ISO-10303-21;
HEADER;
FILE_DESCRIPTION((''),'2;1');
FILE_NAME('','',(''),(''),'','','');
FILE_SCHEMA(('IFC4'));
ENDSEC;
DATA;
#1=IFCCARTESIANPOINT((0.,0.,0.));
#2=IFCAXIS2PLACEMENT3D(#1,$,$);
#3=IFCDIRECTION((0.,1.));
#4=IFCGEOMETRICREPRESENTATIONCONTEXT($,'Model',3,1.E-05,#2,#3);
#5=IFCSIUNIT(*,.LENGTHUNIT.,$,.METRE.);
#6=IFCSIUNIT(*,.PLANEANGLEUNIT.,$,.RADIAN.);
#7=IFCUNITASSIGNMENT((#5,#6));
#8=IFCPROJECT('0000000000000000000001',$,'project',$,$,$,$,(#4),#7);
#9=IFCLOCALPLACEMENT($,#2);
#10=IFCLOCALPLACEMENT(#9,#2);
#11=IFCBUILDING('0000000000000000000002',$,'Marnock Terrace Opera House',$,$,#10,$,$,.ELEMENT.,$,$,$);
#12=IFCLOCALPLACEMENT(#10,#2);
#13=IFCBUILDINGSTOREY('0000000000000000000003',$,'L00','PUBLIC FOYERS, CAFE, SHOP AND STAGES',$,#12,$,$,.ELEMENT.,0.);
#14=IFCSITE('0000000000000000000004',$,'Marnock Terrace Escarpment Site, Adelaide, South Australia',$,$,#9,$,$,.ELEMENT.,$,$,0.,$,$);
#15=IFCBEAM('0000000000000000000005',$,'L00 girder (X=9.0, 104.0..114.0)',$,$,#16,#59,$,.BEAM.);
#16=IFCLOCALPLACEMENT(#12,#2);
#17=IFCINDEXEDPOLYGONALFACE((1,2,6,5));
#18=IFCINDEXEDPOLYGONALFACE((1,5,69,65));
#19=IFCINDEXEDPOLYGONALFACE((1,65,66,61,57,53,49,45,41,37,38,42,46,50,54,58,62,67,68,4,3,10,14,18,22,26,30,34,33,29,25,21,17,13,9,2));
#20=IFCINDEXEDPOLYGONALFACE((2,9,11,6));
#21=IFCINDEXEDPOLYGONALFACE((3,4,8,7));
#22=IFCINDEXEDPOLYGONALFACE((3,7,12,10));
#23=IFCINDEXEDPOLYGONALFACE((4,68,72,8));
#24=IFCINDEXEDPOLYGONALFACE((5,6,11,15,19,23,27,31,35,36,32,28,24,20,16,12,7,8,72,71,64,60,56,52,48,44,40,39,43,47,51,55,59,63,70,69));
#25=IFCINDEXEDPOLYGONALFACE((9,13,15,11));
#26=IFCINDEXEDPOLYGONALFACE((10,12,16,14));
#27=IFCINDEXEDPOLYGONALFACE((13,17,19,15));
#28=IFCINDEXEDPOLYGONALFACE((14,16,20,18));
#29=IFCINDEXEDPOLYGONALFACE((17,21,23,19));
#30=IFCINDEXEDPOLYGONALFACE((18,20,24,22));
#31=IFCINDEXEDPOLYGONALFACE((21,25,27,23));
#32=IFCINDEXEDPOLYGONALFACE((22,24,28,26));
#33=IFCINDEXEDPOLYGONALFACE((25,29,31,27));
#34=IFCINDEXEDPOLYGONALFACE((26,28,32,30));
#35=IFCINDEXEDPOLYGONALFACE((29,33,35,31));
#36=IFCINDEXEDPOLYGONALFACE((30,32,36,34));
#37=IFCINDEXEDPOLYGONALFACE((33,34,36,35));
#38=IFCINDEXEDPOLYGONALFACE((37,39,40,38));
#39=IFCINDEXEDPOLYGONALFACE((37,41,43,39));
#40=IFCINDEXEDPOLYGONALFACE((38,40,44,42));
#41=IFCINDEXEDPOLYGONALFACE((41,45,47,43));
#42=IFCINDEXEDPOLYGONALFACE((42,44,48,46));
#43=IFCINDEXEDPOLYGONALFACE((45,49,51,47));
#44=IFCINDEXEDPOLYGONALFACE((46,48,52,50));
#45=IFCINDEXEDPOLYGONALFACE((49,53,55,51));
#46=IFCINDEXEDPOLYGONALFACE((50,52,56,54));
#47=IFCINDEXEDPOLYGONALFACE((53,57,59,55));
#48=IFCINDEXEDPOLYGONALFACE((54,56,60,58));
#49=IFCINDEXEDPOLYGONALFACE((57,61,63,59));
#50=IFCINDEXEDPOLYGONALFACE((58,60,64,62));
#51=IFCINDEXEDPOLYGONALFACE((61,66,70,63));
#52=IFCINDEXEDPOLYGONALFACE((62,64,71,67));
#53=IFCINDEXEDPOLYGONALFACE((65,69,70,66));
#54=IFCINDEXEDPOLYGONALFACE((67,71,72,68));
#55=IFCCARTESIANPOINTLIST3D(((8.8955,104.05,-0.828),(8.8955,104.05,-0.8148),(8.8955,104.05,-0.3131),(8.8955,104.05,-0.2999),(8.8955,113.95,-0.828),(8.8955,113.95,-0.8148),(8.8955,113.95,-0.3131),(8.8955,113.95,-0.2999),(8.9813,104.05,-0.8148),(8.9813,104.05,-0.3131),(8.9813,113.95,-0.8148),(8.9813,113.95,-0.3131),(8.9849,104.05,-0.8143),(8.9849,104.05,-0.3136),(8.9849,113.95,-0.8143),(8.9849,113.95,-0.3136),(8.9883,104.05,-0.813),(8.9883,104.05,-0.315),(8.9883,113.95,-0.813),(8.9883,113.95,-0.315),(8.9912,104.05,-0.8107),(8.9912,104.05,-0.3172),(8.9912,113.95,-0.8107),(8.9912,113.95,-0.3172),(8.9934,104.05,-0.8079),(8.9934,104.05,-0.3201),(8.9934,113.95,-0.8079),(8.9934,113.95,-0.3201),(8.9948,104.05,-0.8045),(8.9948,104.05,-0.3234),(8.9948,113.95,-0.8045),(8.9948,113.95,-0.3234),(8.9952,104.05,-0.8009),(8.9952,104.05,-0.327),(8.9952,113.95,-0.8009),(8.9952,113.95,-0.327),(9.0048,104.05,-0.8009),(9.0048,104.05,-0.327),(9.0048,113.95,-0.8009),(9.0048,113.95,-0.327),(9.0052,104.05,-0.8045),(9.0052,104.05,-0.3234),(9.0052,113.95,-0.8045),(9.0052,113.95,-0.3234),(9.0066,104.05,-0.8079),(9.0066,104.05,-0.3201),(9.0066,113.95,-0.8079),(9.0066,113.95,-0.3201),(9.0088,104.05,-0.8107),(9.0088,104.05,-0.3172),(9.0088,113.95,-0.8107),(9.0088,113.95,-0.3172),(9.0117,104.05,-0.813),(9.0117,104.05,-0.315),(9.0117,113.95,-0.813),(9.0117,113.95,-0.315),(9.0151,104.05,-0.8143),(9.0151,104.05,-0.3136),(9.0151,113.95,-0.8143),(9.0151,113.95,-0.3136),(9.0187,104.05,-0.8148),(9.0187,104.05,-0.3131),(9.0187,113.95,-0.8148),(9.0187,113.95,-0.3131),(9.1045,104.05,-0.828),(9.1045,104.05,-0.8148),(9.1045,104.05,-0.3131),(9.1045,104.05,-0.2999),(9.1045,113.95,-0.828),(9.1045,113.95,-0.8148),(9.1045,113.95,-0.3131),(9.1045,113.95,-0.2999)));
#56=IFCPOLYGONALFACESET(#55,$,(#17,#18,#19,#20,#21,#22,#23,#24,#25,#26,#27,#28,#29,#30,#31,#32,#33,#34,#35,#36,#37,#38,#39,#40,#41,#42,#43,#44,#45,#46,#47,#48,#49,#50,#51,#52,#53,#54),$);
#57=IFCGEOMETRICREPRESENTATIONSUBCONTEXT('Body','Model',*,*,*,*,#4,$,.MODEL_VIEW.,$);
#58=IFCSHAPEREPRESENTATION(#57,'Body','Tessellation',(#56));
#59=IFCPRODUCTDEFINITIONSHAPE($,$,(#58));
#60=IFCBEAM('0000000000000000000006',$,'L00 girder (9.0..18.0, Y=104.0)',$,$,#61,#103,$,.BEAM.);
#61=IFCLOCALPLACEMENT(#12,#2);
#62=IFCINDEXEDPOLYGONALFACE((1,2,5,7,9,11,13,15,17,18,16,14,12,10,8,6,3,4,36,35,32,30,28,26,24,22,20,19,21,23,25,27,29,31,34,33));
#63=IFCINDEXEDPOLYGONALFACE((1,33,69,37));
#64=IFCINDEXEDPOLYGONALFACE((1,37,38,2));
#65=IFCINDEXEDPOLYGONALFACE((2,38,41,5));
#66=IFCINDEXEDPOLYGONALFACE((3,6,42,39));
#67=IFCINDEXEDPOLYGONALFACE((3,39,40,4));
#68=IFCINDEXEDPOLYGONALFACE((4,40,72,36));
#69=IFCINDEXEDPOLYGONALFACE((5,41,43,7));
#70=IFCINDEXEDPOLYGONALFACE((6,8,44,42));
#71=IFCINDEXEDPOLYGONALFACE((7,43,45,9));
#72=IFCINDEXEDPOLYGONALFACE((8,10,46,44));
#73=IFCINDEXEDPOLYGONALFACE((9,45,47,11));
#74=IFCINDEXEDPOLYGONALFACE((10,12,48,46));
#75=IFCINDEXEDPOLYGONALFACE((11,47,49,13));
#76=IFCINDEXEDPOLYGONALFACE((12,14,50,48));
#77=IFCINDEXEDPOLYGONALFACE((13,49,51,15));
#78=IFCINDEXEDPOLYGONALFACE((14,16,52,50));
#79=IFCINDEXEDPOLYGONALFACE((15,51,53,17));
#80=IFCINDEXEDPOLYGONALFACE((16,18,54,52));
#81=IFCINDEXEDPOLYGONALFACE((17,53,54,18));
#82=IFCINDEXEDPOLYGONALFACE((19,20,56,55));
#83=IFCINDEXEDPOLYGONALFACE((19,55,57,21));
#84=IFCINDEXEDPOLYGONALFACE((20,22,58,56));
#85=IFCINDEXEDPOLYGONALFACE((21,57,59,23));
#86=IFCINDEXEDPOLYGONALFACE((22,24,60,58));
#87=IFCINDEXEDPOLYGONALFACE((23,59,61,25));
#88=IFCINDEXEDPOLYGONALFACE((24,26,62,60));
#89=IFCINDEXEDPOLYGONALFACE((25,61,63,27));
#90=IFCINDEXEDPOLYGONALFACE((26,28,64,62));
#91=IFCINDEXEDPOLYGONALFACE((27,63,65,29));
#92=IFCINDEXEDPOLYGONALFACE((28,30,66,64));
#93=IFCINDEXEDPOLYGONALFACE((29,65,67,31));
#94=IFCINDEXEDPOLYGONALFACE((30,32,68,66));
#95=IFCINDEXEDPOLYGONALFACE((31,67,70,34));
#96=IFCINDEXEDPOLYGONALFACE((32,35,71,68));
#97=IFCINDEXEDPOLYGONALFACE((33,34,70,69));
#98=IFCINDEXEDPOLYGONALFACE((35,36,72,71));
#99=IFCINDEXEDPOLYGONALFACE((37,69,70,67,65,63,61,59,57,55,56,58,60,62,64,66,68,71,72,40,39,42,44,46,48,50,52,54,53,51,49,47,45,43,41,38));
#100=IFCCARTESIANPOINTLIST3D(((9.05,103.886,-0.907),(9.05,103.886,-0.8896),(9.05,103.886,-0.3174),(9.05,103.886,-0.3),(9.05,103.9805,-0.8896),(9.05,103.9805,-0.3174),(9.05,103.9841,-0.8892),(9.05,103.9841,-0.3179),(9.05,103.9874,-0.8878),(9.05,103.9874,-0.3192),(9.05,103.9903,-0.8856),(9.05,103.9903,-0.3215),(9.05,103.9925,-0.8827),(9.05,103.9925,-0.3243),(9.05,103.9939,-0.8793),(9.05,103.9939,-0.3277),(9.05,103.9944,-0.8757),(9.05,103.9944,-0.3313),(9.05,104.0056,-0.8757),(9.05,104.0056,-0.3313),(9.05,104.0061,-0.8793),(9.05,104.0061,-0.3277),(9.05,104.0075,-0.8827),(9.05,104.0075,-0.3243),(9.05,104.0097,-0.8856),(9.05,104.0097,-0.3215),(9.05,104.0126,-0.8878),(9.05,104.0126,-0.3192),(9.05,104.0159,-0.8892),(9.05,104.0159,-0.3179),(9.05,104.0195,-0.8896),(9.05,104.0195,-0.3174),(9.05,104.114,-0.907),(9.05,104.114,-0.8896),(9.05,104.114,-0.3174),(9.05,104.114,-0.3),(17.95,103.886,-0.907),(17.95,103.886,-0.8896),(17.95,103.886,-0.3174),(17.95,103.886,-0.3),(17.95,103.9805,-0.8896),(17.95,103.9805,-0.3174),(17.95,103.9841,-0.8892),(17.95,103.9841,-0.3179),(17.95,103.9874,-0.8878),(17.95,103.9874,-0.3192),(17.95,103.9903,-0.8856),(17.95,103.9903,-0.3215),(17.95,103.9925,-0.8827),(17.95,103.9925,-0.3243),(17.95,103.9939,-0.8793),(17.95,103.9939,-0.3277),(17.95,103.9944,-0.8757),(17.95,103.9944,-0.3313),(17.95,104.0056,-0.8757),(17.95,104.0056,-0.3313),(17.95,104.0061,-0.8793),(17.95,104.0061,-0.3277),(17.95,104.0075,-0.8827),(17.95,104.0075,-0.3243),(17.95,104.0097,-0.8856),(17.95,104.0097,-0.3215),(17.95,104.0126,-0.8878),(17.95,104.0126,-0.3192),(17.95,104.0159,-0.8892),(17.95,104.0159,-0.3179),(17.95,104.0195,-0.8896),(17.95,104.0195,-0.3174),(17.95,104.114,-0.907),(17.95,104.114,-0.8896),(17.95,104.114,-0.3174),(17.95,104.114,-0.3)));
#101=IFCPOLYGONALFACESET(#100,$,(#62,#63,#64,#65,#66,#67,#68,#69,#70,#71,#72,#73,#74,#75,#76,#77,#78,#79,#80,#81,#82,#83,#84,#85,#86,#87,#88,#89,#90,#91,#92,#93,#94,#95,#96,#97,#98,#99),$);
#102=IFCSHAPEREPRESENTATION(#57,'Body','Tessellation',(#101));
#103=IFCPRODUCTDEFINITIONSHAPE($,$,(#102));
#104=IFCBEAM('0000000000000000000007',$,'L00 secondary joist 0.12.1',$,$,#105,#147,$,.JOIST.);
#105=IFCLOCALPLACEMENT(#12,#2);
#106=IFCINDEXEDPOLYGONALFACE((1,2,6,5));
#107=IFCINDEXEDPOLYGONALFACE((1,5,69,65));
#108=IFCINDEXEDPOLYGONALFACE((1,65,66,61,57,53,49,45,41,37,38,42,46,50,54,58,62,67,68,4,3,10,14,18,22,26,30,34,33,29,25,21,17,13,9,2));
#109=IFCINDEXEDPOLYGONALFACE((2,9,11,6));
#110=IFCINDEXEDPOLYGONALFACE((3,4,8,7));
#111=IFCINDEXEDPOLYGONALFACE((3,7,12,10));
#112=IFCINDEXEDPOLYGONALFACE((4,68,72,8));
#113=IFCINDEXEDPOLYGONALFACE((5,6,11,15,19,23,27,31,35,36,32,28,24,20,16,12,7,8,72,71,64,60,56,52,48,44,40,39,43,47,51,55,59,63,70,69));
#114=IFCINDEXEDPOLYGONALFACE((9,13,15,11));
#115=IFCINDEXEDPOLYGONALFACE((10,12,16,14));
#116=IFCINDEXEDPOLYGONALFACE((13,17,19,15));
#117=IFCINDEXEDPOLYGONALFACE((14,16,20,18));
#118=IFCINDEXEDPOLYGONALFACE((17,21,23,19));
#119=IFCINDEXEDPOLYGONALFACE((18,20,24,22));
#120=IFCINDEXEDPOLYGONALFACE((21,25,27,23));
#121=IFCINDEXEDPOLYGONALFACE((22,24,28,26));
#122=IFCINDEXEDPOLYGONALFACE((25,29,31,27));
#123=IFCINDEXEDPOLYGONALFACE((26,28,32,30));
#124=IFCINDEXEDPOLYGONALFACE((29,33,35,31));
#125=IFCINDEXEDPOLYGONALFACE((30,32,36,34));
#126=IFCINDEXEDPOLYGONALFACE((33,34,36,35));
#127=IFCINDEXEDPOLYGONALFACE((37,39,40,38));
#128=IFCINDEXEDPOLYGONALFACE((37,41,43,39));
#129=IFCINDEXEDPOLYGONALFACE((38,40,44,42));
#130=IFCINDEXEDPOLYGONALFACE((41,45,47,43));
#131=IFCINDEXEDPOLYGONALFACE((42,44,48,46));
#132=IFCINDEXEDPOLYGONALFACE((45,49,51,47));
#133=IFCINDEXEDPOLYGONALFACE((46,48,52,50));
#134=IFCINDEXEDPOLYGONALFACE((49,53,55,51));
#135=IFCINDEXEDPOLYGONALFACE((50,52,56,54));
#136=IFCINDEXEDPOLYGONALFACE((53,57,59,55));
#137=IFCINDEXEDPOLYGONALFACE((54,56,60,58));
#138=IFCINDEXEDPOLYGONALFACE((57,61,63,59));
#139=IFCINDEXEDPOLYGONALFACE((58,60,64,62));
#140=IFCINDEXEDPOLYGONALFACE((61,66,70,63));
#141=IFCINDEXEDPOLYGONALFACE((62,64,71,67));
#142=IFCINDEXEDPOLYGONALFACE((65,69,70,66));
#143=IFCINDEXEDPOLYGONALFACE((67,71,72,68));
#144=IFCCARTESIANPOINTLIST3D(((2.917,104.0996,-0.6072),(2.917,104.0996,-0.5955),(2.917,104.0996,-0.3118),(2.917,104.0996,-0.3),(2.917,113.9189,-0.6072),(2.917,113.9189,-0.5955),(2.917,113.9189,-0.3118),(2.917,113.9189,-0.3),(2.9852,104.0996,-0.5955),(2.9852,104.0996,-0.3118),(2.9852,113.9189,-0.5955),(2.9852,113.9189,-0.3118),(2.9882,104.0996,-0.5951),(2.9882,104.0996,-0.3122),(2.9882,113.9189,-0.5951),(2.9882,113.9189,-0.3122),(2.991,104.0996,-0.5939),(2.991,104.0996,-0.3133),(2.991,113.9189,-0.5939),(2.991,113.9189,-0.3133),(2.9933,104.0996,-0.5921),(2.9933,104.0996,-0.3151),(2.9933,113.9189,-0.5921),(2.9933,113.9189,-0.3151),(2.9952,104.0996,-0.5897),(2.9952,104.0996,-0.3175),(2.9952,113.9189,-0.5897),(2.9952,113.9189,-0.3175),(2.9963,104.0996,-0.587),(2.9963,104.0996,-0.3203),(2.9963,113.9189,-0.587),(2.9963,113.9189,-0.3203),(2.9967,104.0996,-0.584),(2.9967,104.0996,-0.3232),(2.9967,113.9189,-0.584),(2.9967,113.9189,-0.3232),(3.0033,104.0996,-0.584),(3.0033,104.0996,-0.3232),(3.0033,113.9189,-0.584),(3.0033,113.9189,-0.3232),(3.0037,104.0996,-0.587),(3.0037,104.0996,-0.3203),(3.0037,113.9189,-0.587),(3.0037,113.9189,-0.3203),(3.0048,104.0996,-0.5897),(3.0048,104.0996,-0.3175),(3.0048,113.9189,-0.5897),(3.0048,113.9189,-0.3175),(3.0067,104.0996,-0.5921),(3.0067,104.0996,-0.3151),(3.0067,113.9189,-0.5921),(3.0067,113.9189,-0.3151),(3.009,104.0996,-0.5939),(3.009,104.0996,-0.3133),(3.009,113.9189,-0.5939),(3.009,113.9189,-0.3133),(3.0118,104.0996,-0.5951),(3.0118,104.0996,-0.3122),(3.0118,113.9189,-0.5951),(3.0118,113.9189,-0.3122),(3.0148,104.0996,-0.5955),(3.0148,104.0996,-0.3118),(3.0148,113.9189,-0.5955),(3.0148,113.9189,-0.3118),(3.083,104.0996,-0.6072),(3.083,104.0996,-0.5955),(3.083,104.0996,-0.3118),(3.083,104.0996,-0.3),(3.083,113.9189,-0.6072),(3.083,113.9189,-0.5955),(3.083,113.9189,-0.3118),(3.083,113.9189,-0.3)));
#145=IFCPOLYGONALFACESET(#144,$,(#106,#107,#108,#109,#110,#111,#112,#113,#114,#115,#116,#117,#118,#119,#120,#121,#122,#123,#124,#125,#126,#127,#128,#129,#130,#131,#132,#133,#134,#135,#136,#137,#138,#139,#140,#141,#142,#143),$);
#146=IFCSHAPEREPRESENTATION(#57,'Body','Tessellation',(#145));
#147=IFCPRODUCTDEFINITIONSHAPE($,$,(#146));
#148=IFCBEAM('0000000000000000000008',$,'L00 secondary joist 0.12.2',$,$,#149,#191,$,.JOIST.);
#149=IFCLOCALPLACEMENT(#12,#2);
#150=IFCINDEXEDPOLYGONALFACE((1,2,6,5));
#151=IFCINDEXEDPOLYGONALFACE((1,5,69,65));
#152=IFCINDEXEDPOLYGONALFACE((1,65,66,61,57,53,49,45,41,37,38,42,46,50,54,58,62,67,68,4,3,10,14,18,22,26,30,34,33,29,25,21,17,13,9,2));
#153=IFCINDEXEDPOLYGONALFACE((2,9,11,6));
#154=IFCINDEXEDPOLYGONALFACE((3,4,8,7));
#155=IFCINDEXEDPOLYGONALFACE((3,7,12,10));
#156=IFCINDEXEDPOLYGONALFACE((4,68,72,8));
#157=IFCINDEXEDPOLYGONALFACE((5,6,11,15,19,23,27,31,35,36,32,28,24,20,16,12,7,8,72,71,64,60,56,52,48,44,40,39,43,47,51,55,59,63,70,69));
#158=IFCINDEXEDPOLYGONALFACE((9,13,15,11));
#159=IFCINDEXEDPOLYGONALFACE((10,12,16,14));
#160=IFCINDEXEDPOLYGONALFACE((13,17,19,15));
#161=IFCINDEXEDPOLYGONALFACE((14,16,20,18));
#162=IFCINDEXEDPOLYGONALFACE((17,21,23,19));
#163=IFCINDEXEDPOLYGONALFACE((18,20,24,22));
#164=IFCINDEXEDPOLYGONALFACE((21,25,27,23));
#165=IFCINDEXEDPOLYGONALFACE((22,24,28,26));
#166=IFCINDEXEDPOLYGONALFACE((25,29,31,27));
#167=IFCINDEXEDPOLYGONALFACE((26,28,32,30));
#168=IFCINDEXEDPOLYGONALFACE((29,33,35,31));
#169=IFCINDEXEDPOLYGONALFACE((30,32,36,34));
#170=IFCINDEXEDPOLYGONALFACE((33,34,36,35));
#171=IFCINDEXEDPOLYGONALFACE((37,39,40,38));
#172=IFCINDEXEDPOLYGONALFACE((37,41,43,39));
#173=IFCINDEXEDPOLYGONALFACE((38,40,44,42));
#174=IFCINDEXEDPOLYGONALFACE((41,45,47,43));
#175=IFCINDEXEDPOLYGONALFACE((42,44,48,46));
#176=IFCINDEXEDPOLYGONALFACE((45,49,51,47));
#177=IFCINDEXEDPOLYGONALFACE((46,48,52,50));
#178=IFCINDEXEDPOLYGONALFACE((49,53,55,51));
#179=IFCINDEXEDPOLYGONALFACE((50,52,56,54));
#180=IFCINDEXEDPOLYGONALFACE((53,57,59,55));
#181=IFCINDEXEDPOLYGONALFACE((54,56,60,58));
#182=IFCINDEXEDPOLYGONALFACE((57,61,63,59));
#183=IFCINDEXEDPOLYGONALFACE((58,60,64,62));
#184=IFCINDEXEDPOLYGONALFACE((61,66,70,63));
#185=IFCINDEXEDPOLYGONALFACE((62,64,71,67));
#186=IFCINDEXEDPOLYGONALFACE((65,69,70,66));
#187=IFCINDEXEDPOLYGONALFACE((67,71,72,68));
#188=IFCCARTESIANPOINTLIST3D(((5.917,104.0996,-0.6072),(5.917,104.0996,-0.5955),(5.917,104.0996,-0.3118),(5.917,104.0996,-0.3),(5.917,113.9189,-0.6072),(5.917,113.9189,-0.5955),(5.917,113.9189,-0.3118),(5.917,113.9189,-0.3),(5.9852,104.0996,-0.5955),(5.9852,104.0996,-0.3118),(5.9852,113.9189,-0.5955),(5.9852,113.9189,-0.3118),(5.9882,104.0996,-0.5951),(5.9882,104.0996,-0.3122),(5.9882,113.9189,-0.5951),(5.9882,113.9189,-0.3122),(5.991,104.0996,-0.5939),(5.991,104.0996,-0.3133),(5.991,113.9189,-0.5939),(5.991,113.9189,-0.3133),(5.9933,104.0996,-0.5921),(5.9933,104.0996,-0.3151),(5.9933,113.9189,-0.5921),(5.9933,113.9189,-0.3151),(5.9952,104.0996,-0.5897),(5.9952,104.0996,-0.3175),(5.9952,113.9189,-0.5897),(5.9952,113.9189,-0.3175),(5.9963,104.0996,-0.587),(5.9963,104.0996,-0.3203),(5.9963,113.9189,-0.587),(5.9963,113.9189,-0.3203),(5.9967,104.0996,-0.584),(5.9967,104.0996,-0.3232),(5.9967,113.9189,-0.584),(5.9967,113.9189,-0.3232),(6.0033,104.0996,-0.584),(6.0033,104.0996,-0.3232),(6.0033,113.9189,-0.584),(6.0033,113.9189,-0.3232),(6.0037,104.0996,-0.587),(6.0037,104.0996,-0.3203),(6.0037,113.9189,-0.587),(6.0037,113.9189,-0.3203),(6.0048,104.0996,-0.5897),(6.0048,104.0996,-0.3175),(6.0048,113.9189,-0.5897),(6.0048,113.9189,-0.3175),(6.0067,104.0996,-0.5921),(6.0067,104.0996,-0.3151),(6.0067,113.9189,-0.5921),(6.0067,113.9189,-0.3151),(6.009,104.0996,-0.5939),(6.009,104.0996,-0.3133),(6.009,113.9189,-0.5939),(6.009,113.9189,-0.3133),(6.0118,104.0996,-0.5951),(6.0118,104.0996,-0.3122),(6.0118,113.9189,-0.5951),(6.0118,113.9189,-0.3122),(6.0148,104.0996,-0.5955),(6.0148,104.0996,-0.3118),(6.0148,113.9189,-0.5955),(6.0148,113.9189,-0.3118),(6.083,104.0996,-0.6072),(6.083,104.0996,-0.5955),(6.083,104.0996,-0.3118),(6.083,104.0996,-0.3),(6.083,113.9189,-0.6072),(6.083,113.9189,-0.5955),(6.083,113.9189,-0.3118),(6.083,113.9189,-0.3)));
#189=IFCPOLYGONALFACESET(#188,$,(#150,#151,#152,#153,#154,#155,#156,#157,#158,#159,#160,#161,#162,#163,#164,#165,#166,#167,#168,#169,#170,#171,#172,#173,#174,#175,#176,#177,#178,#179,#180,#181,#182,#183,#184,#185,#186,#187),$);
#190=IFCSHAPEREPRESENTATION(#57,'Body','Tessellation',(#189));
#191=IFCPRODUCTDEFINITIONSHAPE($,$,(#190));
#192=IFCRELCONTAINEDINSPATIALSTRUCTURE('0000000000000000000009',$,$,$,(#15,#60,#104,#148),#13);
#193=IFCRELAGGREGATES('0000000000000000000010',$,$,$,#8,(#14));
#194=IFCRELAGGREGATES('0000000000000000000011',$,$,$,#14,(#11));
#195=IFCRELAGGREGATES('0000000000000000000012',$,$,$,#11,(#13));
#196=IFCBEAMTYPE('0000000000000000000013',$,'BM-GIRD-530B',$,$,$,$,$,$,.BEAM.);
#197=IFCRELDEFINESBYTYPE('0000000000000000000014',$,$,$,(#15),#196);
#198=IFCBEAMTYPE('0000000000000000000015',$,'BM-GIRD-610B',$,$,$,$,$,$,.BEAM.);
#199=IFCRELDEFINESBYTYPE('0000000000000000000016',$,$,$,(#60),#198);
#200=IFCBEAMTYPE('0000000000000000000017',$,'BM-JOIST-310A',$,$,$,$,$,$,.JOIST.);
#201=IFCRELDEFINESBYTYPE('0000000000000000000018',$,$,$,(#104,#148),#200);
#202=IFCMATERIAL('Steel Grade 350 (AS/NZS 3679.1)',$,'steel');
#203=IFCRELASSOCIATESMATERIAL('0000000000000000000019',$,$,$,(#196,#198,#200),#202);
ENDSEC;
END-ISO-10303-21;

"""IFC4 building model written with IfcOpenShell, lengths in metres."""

from ifc_helpers import new_model, si_unit, direction, frame, origin, origin_2d, place, context, subcontext, project, spatial, i_section, extrude, material, material_profile, profile_set, type_object, element, save


model = new_model("IFC4")

# Units and contexts
model_context = context("Model", 3, precision=1e-05, world=origin(), true_north=direction((0.0, 1.0)))
body_context = subcontext(model_context, "Body", "Model", "MODEL_VIEW")
ifc_project = project(units=[si_unit("LENGTHUNIT", "METRE"), si_unit("PLANEANGLEUNIT", "RADIAN")], contexts=[model_context])

# Site, building, storey
site_placement = place(None, origin())
site = spatial("IfcSite", under=ifc_project, at=site_placement, Name="Marnock Terrace Escarpment Site, Adelaide, South Australia", CompositionType="ELEMENT", RefElevation=0.0)
building_placement = place(site_placement, origin())
building = spatial("IfcBuilding", under=site, at=building_placement, Name="Marnock Terrace Opera House", CompositionType="ELEMENT")
storey_placement = place(building_placement, origin())
storey = spatial("IfcBuildingStorey", under=building, at=storey_placement, Name="L00", Description="PUBLIC FOYERS, CAFE, SHOP AND STAGES", CompositionType="ELEMENT", Elevation=0.0)

# Beams
ifc_material_1 = material(Name="Steel Grade 350 (AS/NZS 3679.1)", Category="steel")
ifc_material_profile_1 = material_profile(ifc_material_1, i_section(OverallWidth=0.209, OverallDepth=0.5281, WebThickness=0.0095, FlangeThickness=0.0132, FilletRadius=0.0139, at=origin_2d()))
ifc_profile_set_1 = profile_set([ifc_material_profile_1], Name="Steel Grade 350 (AS/NZS 3679.1)")
beam_type_1 = type_object("IfcBeamType", Name="BM-GIRD-530B", PredefinedType="BEAM", material=ifc_profile_set_1)
beam_1_placement = place(storey_placement, frame((9.0, 104.05, -0.564), z_axis=(0.0, 1.0, 0.0), x_axis=(-1.0, 0.0, 0.0)))
element("IfcBeam", 1, at=beam_1_placement, inside=storey, type_object=beam_type_1, Name="L00 girder (X=9.0, 104.0..114.0)", PredefinedType="BEAM", context=body_context, shape_type="SweptSolid", body=[
    extrude(i_section(OverallWidth=0.209, OverallDepth=0.5281, WebThickness=0.0095, FlangeThickness=0.0132, FilletRadius=0.0139, at=origin_2d()), origin(), (0.0, 0.0, 1.0), 9.8999),
])
ifc_material_profile_2 = material_profile(ifc_material_1, i_section(OverallWidth=0.228, OverallDepth=0.6069, WebThickness=0.0112, FlangeThickness=0.0173, FilletRadius=0.0139, at=origin_2d()))
ifc_profile_set_2 = profile_set([ifc_material_profile_2], Name="Steel Grade 350 (AS/NZS 3679.1)")
beam_type_2 = type_object("IfcBeamType", Name="BM-GIRD-610B", PredefinedType="BEAM", material=ifc_profile_set_2)
beam_2_placement = place(storey_placement, frame((9.05, 104.0, -0.6035), z_axis=(1.0, 0.0, 0.0), x_axis=(0.0, 1.0, 0.0)))
element("IfcBeam", 2, at=beam_2_placement, inside=storey, type_object=beam_type_2, Name="L00 girder (9.0..18.0, Y=104.0)", PredefinedType="BEAM", context=body_context, shape_type="SweptSolid", body=[
    extrude(i_section(OverallWidth=0.228, OverallDepth=0.6069, WebThickness=0.0112, FlangeThickness=0.0173, FilletRadius=0.0139, at=origin_2d()), origin(), (0.0, 0.0, 1.0), 8.8999),
])
ifc_material_profile_3 = material_profile(ifc_material_1, i_section(OverallWidth=0.166, OverallDepth=0.3071, WebThickness=0.0066, FlangeThickness=0.0117, FilletRadius=0.0115, at=origin_2d()))
ifc_profile_set_3 = profile_set([ifc_material_profile_3], Name="Steel Grade 350 (AS/NZS 3679.1)")
beam_type_3 = type_object("IfcBeamType", Name="BM-JOIST-310A", PredefinedType="JOIST", material=ifc_profile_set_3)
for number, where, z_axis, x_axis, name in (
    (3, (3.0, 104.0996, -0.4536), (0.0, 1.0, 0.0), (-1.0, 0.0, 0.0), "L00 secondary joist 0.12.1"),
    (4, (6.0, 104.0996, -0.4536), (0.0, 1.0, 0.0), (-1.0, 0.0, 0.0), "L00 secondary joist 0.12.2"),
):
    element("IfcBeam", number, at=place(storey_placement, frame(where, z_axis=z_axis, x_axis=x_axis)), inside=storey, type_object=beam_type_3, Name=name, PredefinedType="JOIST", context=body_context, shape_type="SweptSolid", body=[
        extrude(i_section(OverallWidth=0.166, OverallDepth=0.3071, WebThickness=0.0066, FlangeThickness=0.0117, FilletRadius=0.0115, at=origin_2d()), origin(), (0.0, 0.0, 1.0), 9.8193),
    ])

save(model, "model.ifc")
